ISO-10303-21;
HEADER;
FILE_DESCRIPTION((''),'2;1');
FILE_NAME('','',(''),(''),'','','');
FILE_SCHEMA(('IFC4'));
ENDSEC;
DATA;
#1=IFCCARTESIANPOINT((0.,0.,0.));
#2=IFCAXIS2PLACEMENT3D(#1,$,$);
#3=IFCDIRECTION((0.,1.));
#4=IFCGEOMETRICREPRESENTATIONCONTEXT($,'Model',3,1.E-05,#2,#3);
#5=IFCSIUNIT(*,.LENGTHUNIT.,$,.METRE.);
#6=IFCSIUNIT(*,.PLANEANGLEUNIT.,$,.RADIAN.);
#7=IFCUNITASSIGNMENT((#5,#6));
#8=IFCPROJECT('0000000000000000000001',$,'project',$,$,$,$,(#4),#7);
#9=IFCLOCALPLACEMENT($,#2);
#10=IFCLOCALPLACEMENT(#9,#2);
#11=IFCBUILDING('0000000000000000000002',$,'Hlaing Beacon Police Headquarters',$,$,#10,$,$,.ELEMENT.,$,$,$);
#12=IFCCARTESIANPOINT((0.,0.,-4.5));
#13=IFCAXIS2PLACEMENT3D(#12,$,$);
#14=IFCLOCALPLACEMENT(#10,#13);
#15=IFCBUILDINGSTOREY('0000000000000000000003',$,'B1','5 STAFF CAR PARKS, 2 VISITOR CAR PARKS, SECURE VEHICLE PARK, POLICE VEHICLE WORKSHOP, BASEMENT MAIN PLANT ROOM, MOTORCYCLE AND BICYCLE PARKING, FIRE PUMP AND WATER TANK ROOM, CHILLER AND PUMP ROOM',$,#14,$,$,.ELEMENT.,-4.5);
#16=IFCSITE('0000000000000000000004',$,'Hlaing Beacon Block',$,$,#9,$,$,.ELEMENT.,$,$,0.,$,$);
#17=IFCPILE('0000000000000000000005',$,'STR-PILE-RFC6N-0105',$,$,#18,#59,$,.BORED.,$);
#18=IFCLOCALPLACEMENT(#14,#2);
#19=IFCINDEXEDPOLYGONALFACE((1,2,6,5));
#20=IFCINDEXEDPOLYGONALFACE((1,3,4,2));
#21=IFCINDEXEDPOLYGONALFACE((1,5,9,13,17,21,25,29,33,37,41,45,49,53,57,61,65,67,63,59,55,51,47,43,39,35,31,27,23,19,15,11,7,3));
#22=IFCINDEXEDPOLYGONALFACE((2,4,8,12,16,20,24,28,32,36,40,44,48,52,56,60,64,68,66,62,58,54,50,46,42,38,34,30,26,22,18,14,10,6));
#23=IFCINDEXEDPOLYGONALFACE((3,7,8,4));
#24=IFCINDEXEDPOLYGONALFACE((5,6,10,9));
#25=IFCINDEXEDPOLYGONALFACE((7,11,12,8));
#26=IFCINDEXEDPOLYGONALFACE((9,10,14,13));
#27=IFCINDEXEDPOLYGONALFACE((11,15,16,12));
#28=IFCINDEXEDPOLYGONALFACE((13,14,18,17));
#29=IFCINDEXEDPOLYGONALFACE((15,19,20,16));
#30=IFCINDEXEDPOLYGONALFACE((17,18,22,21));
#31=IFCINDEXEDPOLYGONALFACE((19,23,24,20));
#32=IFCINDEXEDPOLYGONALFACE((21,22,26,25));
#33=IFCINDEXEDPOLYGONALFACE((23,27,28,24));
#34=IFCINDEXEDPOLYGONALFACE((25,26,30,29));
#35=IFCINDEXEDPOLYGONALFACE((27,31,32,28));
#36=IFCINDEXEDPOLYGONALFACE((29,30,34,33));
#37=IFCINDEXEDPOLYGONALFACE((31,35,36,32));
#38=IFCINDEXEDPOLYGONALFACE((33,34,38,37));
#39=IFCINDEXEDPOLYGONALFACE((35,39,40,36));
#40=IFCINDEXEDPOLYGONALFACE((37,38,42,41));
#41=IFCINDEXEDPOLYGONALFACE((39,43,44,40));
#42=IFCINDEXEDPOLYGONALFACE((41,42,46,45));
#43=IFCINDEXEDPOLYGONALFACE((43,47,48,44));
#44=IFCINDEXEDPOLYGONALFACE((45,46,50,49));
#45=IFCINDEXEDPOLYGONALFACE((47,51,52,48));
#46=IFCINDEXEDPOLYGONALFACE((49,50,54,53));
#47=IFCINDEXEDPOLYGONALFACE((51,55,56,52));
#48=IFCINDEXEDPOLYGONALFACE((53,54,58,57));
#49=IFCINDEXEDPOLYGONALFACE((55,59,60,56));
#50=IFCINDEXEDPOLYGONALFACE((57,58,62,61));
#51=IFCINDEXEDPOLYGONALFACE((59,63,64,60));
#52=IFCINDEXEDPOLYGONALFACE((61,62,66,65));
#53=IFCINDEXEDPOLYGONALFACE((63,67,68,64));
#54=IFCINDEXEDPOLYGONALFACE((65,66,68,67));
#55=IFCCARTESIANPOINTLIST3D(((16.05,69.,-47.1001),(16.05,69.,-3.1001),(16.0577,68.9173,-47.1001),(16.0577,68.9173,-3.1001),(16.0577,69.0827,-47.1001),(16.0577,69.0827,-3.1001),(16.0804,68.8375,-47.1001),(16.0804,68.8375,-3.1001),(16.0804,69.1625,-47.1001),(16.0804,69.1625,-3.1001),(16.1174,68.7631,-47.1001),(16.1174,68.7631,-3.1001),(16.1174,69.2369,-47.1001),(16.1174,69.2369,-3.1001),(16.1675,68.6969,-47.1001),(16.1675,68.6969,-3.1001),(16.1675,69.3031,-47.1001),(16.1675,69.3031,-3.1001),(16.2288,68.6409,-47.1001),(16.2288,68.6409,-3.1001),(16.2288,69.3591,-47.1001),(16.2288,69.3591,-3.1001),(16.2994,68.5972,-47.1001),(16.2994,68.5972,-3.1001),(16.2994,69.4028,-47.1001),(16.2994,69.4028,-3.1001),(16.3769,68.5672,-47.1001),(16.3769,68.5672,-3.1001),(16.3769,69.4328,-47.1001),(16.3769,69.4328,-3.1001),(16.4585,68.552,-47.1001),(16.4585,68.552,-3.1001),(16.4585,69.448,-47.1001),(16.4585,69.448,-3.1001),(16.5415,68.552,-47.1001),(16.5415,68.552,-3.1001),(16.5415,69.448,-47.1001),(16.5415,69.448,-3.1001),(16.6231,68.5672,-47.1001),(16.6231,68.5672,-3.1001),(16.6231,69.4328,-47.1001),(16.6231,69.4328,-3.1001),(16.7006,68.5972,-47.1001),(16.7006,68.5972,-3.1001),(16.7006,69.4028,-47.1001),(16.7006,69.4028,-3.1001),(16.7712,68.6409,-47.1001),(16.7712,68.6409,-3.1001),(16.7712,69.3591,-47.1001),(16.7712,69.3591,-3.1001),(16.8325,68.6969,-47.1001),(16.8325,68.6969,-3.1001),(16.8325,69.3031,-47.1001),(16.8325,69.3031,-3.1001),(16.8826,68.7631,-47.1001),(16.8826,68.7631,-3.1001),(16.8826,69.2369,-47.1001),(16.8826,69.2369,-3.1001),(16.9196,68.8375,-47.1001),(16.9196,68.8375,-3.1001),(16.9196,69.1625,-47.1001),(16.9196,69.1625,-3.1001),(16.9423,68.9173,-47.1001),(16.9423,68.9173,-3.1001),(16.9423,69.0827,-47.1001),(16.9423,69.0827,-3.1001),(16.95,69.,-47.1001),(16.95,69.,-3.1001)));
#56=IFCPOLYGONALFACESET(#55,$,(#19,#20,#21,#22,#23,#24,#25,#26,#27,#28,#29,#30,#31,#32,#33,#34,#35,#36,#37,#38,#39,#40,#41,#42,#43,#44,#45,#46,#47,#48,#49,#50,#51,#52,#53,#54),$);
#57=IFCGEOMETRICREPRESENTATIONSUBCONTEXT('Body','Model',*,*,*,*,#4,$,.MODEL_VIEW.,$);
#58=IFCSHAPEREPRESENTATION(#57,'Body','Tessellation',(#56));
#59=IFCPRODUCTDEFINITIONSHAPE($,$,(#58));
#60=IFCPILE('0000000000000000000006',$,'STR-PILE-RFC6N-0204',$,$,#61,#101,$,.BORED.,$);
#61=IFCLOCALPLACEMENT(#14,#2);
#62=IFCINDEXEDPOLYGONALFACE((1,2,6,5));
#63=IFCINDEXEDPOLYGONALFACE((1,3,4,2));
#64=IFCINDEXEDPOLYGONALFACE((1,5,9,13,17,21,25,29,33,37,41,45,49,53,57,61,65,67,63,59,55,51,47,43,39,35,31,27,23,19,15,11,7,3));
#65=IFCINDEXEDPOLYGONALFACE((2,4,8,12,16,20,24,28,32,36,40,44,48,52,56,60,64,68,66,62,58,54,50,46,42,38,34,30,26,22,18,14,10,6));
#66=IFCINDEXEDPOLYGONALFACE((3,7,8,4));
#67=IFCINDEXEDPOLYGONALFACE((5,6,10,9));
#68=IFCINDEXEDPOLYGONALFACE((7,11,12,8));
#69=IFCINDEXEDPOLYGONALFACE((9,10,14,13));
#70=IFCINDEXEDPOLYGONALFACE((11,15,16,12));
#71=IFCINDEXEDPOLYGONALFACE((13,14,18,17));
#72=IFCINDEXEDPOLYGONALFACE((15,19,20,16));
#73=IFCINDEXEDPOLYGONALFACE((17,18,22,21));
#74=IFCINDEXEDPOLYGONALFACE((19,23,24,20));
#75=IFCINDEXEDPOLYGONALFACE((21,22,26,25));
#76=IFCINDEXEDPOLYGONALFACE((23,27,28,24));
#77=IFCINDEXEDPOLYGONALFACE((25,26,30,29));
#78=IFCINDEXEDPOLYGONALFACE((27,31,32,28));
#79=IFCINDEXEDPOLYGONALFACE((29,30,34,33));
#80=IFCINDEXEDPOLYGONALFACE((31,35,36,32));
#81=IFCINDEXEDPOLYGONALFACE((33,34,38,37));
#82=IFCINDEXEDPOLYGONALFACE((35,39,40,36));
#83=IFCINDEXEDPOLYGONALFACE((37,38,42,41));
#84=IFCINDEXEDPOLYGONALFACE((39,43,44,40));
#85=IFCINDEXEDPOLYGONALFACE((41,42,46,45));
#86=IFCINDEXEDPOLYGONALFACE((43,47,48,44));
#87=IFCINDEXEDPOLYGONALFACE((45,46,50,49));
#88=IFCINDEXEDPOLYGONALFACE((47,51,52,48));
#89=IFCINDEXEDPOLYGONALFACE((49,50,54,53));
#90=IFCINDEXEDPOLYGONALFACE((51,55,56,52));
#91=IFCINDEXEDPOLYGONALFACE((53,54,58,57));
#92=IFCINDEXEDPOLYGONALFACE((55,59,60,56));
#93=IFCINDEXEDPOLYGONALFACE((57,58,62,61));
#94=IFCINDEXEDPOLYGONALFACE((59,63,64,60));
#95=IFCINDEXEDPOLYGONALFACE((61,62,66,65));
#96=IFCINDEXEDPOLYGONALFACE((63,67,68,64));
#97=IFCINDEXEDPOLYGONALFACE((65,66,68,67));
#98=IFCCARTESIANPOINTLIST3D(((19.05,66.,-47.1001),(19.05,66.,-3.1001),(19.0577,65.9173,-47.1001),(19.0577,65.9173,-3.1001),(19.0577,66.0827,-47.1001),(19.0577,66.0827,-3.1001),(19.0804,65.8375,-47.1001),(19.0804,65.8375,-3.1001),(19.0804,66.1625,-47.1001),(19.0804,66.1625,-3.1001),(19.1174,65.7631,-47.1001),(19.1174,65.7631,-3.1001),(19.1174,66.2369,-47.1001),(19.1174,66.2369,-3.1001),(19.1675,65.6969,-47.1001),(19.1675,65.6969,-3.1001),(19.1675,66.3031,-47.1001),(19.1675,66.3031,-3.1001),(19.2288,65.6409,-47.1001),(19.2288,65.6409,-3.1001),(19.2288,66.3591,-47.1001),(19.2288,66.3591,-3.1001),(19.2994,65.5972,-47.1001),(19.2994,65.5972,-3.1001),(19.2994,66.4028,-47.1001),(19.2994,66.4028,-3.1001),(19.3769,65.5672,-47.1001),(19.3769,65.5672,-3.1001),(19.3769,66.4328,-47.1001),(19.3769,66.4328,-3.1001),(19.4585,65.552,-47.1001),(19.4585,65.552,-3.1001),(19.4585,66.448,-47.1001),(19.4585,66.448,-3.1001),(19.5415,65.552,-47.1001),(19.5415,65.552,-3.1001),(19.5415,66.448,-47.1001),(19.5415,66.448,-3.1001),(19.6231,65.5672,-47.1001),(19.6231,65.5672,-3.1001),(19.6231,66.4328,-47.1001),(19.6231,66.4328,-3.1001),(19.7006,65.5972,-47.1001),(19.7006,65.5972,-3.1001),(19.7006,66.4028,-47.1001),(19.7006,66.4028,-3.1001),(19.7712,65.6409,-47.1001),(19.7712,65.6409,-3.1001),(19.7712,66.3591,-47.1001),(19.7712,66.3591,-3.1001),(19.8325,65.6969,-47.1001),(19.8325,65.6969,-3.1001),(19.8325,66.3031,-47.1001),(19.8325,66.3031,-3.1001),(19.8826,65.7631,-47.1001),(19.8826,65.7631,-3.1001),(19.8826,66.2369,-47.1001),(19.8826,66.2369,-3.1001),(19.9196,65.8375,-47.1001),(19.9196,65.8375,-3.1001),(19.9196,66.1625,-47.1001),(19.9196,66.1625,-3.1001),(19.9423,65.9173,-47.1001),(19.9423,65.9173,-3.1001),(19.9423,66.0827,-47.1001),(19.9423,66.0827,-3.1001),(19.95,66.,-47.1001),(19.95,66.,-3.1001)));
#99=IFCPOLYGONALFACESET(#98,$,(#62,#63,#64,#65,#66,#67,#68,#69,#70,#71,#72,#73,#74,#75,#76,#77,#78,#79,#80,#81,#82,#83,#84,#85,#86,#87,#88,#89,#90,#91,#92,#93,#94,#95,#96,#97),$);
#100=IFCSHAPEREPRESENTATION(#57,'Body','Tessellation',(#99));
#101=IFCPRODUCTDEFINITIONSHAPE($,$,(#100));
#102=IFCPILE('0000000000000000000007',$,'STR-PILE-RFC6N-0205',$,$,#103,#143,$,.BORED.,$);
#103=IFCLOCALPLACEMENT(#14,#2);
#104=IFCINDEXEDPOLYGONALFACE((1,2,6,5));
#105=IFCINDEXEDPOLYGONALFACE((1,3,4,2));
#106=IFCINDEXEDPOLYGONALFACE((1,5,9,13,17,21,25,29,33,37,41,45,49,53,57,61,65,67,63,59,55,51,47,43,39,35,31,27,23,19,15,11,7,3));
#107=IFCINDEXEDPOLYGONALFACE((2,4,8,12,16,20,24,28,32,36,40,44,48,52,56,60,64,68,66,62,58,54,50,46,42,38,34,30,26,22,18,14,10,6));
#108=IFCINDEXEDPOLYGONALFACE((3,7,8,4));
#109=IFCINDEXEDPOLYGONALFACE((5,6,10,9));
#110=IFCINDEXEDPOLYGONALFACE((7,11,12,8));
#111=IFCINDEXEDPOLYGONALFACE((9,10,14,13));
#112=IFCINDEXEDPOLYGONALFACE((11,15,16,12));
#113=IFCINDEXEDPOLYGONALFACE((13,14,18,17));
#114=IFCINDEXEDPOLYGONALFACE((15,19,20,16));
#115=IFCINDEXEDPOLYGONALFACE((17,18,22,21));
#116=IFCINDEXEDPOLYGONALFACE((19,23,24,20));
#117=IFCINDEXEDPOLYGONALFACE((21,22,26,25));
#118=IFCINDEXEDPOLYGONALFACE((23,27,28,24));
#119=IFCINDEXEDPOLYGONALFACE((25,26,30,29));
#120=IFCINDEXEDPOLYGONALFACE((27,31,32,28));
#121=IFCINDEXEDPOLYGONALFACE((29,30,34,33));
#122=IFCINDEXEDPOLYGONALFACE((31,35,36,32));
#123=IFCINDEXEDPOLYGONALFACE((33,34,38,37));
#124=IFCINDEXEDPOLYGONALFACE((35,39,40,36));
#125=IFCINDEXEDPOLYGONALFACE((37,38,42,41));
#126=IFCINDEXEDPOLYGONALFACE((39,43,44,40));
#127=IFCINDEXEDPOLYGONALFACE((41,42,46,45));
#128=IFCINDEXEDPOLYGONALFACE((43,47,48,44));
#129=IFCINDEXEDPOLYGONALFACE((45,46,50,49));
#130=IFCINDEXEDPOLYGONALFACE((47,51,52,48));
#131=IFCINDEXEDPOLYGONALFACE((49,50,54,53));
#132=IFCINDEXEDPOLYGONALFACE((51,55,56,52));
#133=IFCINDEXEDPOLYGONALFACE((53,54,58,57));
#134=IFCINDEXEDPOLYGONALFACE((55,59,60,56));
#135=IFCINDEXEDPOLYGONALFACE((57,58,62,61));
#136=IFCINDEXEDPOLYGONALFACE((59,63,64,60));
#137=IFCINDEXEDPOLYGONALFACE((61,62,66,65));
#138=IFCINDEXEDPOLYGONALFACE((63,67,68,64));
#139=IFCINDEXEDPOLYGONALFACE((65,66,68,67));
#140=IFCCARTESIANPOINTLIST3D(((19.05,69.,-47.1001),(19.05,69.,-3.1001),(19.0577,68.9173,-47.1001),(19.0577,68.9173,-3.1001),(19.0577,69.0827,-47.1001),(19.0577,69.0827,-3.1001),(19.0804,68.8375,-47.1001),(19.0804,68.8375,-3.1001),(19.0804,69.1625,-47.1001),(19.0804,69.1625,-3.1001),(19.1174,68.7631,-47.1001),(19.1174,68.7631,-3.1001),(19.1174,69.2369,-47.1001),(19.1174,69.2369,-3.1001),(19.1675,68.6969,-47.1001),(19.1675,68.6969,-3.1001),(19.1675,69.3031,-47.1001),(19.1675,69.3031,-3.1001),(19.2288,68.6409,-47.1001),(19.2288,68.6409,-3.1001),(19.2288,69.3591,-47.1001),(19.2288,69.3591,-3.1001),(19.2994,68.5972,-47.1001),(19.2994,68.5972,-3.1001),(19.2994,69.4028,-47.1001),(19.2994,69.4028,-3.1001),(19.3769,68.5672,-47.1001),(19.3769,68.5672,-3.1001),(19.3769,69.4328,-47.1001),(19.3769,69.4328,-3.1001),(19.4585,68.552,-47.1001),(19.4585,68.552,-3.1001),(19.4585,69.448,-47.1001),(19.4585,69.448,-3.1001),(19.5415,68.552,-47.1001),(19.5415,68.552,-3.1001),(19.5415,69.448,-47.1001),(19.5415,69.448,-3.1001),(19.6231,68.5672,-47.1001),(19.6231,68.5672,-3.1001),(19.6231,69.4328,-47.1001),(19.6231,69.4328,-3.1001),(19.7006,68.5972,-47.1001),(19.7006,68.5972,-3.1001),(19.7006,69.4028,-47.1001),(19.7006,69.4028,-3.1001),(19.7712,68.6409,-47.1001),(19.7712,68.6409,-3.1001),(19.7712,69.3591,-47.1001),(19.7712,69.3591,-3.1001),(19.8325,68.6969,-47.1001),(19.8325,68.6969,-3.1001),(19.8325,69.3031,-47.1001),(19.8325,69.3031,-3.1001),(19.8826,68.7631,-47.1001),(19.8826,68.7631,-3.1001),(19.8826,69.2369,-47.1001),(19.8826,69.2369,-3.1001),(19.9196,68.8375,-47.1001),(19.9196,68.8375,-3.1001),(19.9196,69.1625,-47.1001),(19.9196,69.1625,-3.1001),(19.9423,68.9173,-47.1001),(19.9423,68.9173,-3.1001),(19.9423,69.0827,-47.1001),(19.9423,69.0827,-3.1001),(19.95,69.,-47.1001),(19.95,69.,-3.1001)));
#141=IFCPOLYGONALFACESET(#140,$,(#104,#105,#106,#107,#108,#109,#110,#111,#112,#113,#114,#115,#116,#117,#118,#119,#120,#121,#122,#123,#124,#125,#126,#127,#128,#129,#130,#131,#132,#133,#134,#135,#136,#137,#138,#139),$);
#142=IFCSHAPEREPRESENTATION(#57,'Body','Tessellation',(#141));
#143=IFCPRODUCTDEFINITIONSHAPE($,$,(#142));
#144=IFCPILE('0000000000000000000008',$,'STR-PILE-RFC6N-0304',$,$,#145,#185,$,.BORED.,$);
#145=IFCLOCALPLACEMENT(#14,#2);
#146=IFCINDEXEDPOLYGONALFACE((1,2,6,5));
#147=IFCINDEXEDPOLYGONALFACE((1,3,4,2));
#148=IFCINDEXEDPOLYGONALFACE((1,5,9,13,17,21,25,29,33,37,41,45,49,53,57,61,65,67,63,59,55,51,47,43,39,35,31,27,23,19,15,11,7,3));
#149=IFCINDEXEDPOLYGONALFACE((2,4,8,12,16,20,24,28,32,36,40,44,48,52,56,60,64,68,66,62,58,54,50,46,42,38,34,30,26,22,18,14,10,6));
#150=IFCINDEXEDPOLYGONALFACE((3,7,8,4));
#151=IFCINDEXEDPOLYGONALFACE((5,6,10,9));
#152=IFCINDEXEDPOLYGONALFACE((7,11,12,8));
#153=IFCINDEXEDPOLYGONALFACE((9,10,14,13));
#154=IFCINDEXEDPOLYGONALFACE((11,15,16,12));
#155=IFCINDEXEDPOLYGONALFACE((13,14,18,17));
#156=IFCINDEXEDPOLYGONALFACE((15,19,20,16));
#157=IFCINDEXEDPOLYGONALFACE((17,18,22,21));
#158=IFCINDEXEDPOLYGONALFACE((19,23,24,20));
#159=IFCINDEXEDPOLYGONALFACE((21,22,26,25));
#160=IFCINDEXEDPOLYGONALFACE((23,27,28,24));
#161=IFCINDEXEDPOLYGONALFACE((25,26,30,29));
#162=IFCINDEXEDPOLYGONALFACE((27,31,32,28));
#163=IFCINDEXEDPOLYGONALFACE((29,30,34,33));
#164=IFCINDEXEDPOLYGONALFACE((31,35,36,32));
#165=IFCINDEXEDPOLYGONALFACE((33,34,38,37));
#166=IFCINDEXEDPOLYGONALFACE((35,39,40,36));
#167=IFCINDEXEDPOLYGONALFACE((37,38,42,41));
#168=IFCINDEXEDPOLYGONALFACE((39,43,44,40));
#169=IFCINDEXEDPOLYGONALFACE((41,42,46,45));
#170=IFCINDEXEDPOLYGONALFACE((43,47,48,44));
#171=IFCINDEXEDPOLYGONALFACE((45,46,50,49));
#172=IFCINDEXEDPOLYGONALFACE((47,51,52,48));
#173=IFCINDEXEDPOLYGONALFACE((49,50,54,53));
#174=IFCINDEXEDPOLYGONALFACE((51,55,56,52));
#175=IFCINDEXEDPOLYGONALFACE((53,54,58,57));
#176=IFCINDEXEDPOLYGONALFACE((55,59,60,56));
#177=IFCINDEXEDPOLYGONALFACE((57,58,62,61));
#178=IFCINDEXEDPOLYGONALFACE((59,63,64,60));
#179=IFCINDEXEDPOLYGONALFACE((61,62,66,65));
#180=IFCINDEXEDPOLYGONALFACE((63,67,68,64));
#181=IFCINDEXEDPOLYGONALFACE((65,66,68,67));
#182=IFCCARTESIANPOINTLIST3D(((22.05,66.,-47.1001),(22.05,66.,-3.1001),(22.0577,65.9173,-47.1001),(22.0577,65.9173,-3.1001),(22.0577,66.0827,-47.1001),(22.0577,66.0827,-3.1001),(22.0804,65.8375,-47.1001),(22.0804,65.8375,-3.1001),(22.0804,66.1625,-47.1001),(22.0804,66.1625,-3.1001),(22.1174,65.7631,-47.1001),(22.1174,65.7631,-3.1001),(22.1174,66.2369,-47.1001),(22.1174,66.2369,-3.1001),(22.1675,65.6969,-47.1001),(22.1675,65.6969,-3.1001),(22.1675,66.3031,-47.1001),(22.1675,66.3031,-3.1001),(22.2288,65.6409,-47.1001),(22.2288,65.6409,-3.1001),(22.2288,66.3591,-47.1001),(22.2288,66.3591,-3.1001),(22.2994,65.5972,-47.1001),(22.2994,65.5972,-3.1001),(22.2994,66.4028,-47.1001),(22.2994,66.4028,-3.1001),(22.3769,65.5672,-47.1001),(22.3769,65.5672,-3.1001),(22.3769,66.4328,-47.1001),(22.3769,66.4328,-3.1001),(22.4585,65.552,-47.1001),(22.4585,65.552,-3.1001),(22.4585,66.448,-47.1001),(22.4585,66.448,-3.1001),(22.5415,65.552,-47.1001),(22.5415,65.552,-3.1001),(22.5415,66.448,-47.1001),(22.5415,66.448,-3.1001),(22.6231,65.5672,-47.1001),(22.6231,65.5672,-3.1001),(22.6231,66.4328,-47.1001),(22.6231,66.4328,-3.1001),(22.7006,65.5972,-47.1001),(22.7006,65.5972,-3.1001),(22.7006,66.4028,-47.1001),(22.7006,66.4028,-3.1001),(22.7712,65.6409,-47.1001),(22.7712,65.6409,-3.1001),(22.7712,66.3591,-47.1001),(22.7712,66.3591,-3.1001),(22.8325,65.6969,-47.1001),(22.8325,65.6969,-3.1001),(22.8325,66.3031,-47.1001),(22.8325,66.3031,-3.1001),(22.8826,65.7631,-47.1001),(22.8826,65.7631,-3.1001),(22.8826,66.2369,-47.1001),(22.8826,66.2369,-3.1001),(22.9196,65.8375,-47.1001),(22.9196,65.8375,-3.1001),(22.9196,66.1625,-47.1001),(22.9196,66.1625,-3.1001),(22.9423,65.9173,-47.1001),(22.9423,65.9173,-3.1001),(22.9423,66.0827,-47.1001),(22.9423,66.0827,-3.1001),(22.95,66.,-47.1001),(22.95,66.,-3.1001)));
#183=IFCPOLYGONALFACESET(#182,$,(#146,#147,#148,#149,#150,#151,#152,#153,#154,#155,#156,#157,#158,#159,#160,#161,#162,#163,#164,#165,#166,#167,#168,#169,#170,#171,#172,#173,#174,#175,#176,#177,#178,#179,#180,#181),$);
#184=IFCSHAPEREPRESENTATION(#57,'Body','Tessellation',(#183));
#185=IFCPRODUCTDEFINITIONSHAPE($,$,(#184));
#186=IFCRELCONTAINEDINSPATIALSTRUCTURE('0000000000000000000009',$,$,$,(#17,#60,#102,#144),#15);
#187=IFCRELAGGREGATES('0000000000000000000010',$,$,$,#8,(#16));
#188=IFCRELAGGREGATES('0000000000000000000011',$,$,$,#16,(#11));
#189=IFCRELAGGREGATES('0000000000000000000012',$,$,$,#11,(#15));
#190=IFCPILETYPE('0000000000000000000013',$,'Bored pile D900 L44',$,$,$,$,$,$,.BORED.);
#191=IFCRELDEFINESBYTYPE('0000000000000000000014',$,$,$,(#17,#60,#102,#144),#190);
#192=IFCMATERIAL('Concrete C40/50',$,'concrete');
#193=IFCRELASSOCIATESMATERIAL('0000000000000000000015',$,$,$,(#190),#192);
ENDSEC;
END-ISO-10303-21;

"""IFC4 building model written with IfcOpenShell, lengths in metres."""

from ifc_helpers import new_model, si_unit, direction, frame, origin, origin_2d, place, context, subcontext, project, spatial, circle, extrude, material, material_profile, profile_set, type_object, element, save


model = new_model("IFC4")

# Units and contexts
model_context = context("Model", 3, precision=1e-05, world=origin(), true_north=direction((0.0, 1.0)))
body_context = subcontext(model_context, "Body", "Model", "MODEL_VIEW")
ifc_project = project(units=[si_unit("LENGTHUNIT", "METRE"), si_unit("PLANEANGLEUNIT", "RADIAN")], contexts=[model_context])

# Site, building, storey
site_placement = place(None, origin())
site = spatial("IfcSite", under=ifc_project, at=site_placement, Name="Hlaing Beacon Block", CompositionType="ELEMENT", RefElevation=0.0)
building_placement = place(site_placement, origin())
building = spatial("IfcBuilding", under=site, at=building_placement, Name="Hlaing Beacon Police Headquarters", CompositionType="ELEMENT")
storey_placement = place(building_placement, frame((0.0, 0.0, -4.5)))
storey = spatial("IfcBuildingStorey", under=building, at=storey_placement, Name="B1", Description="5 STAFF CAR PARKS, 2 VISITOR CAR PARKS, SECURE VEHICLE PARK, POLICE VEHICLE WORKSHOP, BASEMENT MAIN PLANT ROOM, MOTORCYCLE AND BICYCLE PARKING, FIRE PUMP AND WATER TANK ROOM, CHILLER AND PUMP ROOM", CompositionType="ELEMENT", Elevation=-4.5)

# Piles
ifc_material_1 = material(Name="Concrete C40/50", Category="concrete")
ifc_material_profile_1 = material_profile(ifc_material_1, circle(Radius=0.45, at=origin_2d()), Name="D900")
ifc_profile_set_1 = profile_set([ifc_material_profile_1], Name="Concrete C40/50")
pile_type_1 = type_object("IfcPileType", Name="Bored pile D900 L44", PredefinedType="BORED", material=ifc_profile_set_1)
for number, where, z_axis, x_axis, name in (
    (1, (16.5, 69.0, -3.1001), (0.0, 0.0, -1.0), (1.0, 0.0, 0.0), "STR-PILE-RFC6N-0105"),
    (2, (19.5, 66.0, -3.1001), (0.0, 0.0, -1.0), (1.0, 0.0, 0.0), "STR-PILE-RFC6N-0204"),
    (3, (19.5, 69.0, -3.1001), (0.0, 0.0, -1.0), (1.0, 0.0, 0.0), "STR-PILE-RFC6N-0205"),
    (4, (22.5, 66.0, -3.1001), (0.0, 0.0, -1.0), (1.0, 0.0, 0.0), "STR-PILE-RFC6N-0304"),
):
    element("IfcPile", number, at=place(storey_placement, frame(where, z_axis=z_axis, x_axis=x_axis)), inside=storey, type_object=pile_type_1, Name=name, PredefinedType="BORED", context=body_context, shape_type="SweptSolid", body=[
        extrude(circle(Radius=0.45, at=origin_2d()), origin(), (0.0, 0.0, 1.0), 44.0),
    ])

save(model, "model.ifc")
